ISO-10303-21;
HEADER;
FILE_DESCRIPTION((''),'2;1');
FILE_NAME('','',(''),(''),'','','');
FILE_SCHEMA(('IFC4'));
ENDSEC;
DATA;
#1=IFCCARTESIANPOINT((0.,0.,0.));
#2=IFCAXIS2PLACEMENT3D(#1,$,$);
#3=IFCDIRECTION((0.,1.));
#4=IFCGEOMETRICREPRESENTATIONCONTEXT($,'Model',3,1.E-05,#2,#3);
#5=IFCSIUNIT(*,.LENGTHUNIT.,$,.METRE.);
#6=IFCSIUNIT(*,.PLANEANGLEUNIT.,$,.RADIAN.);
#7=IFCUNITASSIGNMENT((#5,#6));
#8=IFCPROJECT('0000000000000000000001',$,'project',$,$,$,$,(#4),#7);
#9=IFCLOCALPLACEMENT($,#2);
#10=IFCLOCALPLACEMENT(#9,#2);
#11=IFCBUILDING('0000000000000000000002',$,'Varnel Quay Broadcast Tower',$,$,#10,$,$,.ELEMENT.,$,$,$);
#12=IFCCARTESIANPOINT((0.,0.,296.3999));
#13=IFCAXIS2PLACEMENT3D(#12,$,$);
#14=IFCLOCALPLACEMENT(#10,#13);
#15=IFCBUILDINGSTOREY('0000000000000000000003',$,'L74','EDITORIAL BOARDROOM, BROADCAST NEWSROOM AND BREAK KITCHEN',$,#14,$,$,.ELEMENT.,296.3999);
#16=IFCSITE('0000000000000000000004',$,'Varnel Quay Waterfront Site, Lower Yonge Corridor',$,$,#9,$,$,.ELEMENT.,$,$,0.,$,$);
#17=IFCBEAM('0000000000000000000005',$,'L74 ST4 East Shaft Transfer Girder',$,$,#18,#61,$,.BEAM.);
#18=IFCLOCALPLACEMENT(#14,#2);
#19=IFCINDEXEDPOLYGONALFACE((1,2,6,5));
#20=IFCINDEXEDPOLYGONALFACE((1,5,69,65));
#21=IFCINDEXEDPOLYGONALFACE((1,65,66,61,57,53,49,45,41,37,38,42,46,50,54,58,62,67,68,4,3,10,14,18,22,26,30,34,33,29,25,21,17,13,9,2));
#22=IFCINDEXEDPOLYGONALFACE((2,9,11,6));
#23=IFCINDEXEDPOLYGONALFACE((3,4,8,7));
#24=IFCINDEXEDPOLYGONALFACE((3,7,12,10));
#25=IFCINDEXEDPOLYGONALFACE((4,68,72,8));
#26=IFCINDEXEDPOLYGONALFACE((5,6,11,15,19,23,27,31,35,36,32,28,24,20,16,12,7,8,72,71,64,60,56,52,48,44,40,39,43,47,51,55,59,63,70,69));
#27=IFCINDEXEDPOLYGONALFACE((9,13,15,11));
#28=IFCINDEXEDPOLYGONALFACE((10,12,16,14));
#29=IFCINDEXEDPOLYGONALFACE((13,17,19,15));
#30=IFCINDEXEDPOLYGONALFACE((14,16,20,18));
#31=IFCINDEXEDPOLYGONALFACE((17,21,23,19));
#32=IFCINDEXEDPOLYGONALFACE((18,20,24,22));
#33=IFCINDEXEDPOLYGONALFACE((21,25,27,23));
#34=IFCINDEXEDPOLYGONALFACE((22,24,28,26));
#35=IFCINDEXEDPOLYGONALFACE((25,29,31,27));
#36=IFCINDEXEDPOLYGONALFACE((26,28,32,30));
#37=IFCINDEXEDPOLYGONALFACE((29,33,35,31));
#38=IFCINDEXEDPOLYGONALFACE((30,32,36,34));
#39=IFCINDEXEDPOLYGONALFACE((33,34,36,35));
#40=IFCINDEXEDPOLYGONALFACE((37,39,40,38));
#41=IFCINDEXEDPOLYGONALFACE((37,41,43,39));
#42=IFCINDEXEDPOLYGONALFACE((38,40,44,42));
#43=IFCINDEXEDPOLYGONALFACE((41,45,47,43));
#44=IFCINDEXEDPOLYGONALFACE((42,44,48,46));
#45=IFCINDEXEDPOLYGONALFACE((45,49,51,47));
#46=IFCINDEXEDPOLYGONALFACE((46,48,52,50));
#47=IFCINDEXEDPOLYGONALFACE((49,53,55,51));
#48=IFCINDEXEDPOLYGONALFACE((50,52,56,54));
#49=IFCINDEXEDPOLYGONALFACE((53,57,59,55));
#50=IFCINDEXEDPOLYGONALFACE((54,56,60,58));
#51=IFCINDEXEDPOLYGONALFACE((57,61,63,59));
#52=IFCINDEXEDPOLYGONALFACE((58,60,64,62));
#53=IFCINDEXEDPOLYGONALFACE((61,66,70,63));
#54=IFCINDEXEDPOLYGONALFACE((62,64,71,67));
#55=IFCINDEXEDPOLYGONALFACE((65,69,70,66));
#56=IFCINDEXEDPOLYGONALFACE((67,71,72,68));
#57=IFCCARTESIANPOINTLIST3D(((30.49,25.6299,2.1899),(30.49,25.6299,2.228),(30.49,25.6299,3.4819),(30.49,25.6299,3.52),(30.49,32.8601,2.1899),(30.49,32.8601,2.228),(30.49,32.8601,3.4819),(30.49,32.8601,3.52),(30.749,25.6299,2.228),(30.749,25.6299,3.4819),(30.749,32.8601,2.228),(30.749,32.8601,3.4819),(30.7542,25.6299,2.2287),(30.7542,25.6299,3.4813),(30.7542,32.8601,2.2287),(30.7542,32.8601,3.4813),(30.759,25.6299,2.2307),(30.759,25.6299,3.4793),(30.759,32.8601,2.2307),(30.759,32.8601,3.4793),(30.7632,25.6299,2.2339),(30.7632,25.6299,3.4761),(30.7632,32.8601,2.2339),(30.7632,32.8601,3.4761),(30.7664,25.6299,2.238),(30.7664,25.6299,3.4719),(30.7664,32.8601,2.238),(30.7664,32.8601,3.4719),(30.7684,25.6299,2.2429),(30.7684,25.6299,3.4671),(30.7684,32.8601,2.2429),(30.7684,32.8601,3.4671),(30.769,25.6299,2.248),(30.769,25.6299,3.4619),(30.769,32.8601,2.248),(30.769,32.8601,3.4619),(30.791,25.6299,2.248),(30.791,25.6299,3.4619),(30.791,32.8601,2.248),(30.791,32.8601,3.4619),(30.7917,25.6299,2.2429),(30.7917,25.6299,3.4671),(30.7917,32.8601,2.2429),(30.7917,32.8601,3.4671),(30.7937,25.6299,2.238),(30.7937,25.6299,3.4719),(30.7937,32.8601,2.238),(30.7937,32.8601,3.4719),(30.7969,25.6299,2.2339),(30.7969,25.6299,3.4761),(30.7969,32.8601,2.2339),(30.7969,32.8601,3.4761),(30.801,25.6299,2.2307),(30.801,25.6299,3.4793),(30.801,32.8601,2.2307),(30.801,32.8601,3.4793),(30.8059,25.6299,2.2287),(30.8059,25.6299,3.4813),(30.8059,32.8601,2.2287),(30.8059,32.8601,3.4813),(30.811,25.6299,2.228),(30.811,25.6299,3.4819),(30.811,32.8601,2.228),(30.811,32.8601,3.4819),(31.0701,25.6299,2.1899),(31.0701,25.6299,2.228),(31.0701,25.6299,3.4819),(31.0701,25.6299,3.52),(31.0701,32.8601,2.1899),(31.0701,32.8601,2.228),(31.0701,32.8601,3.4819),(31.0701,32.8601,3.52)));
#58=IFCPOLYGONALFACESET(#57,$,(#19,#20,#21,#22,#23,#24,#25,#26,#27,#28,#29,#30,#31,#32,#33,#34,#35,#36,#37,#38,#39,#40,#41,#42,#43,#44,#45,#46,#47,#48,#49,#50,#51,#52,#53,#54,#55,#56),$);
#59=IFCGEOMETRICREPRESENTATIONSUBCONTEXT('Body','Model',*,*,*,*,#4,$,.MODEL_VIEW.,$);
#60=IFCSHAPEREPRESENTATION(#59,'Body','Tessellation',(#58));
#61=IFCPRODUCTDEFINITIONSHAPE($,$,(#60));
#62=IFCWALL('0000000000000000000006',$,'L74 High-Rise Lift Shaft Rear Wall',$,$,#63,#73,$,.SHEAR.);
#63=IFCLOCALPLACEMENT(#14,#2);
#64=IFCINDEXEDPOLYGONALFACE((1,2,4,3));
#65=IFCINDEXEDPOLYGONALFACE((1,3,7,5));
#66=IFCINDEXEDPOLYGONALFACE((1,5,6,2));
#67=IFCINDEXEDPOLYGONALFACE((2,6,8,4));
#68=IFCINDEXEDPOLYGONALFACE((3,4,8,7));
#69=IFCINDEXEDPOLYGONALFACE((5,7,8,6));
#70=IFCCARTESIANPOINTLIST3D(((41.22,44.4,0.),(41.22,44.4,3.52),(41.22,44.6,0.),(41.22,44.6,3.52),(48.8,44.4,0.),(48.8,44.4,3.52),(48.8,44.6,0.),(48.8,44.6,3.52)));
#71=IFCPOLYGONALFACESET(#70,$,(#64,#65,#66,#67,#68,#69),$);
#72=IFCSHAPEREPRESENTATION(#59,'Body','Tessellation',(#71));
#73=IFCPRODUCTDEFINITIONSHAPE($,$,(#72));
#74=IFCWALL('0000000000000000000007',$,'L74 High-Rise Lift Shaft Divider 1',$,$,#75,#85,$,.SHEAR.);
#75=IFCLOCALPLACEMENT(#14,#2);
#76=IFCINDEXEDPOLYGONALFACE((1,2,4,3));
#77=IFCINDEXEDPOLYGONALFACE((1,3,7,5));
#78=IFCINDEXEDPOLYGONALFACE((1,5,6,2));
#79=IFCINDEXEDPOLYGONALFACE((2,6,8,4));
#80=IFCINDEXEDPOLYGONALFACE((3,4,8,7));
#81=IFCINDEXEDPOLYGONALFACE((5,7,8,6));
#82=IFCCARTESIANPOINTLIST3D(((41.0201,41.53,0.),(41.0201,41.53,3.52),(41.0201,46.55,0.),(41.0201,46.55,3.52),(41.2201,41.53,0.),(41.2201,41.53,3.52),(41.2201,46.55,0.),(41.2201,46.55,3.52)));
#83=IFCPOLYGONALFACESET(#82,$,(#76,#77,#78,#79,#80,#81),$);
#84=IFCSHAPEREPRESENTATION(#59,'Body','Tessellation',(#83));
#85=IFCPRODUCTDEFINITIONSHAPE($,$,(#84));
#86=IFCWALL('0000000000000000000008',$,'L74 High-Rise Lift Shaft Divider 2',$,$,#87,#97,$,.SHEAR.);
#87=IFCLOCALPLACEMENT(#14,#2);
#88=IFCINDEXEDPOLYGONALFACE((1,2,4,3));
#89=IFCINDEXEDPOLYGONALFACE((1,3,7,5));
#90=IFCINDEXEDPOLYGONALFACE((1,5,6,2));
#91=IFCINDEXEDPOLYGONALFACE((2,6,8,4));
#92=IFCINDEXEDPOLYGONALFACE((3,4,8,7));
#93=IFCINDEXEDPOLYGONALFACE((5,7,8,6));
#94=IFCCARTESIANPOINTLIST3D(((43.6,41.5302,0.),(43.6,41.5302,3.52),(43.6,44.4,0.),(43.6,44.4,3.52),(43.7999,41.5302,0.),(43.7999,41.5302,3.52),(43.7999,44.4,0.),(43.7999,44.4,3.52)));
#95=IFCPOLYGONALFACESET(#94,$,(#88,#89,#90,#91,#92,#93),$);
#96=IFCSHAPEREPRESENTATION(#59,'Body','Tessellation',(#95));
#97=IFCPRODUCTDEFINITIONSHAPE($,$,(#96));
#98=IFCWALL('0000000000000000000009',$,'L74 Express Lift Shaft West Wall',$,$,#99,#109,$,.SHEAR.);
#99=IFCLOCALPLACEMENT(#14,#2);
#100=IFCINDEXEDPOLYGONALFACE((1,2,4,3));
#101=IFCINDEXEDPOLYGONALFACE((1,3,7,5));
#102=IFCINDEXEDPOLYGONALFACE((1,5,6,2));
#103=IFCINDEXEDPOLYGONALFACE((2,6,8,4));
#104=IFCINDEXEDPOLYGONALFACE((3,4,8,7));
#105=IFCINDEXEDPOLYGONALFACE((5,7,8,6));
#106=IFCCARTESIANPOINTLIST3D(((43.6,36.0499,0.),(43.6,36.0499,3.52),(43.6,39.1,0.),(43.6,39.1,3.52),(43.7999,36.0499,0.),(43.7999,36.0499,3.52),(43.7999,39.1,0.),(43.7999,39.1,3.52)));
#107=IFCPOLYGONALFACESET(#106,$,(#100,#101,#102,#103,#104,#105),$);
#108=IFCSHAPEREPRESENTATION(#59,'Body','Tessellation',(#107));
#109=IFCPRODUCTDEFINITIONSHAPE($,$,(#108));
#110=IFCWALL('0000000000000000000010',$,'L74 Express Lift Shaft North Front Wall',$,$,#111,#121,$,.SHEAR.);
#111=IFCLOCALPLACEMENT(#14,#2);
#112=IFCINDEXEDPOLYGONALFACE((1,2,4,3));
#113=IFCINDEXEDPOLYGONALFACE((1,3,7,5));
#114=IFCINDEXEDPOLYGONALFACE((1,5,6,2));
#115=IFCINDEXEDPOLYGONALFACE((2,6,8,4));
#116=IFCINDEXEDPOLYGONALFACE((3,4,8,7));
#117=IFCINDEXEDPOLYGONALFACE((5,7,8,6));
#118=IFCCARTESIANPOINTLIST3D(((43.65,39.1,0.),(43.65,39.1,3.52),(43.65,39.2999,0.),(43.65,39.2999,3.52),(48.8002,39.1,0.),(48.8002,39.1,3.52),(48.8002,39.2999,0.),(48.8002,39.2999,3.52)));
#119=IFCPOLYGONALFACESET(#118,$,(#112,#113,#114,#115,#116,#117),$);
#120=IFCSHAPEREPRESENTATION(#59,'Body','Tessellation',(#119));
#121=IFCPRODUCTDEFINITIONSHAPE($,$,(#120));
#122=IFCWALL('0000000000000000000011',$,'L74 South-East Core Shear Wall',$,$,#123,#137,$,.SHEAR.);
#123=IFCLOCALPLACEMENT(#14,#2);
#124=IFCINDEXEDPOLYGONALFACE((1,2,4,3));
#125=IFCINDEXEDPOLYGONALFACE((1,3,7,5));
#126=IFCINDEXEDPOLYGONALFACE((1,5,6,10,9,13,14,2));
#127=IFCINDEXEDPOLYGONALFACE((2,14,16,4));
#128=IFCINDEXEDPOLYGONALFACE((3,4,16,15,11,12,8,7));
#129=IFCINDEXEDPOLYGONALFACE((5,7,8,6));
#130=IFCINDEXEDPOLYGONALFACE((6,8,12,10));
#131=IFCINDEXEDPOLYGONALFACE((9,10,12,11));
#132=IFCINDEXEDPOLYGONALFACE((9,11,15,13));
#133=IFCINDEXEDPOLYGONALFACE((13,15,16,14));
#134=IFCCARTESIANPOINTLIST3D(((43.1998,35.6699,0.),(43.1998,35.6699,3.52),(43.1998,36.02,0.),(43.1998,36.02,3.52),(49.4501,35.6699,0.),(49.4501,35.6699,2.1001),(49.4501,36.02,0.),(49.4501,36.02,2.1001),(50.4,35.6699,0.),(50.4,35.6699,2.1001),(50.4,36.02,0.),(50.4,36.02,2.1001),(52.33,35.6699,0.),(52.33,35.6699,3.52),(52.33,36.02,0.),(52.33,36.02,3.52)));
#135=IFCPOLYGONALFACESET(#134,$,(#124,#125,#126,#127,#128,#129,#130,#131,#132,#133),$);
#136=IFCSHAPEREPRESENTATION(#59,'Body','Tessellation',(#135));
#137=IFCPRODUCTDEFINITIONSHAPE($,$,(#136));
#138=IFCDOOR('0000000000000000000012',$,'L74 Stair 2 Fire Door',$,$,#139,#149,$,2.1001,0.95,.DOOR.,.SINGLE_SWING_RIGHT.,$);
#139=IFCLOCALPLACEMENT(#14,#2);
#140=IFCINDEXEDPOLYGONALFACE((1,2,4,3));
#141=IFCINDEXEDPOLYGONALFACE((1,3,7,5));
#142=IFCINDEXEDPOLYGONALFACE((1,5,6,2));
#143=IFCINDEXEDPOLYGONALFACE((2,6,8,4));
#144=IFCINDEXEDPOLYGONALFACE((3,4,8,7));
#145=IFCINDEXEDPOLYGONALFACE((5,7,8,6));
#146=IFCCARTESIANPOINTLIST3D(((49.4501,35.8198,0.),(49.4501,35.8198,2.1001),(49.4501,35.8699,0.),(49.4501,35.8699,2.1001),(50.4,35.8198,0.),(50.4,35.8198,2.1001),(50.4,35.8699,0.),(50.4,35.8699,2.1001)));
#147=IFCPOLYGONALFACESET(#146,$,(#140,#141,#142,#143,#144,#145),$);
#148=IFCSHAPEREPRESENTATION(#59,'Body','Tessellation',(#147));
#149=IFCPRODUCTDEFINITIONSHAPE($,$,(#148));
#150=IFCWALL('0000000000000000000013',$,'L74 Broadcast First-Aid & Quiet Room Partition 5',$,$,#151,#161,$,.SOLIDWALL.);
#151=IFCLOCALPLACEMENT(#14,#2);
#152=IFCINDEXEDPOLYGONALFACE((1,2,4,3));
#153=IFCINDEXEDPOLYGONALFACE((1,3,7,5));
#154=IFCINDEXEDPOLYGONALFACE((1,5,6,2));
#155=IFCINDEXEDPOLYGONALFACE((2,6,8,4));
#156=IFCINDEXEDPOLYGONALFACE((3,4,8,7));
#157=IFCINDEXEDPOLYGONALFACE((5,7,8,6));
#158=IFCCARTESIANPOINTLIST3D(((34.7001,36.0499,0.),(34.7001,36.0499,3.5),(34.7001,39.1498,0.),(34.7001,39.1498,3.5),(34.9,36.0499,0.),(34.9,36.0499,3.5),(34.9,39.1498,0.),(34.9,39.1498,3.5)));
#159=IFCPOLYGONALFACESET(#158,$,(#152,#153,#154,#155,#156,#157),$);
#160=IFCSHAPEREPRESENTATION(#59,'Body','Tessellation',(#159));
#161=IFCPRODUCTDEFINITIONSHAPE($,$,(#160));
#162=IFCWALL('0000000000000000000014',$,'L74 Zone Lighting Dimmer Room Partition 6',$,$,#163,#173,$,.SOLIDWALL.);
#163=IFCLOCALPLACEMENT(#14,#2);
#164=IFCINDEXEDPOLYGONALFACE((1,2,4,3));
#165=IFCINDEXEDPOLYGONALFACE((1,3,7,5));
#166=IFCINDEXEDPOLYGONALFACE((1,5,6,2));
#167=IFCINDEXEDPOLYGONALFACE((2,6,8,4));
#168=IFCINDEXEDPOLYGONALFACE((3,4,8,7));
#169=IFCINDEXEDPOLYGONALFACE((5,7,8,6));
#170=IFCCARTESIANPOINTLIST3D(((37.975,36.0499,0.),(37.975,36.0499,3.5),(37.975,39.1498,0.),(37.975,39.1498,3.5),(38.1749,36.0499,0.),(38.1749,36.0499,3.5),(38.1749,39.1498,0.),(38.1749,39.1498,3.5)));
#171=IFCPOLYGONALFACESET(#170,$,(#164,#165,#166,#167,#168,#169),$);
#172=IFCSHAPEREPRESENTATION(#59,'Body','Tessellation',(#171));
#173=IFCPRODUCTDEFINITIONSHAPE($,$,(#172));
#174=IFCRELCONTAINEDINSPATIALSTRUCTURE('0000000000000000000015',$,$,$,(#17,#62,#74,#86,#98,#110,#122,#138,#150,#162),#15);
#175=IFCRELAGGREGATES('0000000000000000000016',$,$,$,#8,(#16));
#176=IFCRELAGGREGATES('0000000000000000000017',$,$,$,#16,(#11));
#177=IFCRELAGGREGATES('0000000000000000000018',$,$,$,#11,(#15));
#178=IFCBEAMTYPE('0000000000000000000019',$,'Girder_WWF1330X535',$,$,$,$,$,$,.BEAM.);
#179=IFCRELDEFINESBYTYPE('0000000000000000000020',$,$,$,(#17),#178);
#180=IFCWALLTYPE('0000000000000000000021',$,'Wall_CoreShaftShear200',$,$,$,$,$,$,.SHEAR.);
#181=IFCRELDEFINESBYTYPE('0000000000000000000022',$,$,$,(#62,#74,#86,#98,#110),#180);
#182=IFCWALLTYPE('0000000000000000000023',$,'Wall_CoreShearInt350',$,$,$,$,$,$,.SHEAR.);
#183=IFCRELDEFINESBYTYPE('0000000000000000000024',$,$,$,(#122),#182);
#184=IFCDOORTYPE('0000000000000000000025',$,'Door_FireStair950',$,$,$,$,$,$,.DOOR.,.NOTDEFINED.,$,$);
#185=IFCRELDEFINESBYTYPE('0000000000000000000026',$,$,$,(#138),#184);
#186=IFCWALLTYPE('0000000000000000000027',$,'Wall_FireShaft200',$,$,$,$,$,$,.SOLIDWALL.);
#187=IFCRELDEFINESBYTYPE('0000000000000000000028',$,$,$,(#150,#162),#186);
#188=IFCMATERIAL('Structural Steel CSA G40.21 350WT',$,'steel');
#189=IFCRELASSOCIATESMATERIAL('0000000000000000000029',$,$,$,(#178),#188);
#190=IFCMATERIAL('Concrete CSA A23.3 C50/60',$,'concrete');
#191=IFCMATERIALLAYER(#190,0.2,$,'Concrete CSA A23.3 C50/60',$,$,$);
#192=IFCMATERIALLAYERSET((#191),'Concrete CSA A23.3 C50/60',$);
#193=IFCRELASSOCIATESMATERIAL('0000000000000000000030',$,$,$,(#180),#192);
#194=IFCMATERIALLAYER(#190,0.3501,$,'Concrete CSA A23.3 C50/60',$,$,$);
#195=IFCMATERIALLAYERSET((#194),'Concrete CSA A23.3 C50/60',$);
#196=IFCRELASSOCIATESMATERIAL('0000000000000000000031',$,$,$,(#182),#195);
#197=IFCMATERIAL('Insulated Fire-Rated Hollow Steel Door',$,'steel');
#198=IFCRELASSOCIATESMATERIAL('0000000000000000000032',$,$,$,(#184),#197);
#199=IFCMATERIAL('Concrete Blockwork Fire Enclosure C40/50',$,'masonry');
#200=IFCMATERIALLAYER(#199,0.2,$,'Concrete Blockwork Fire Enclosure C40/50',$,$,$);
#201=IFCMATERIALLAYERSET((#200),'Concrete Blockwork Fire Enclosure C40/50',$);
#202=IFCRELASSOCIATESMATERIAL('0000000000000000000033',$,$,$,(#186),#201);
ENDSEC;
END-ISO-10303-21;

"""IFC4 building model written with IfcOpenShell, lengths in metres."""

from ifc_helpers import new_model, si_unit, direction, frame, frame_2d, origin, origin_2d, place, context, subcontext, project, spatial, rectangle, i_section, extrude, source, transform, mapped, material, layer, layer_set, material_profile, profile_set, type_object, type_shapes, element, fill, save


model = new_model("IFC4")

# Units and contexts
model_context = context("Model", 3, precision=1e-05, world=origin(), true_north=direction((0.0, 1.0)))
body_context = subcontext(model_context, "Body", "Model", "MODEL_VIEW")
ifc_project = project(units=[si_unit("LENGTHUNIT", "METRE"), si_unit("PLANEANGLEUNIT", "RADIAN")], contexts=[model_context])

# Site, building, storey
site_placement = place(None, origin())
site = spatial("IfcSite", under=ifc_project, at=site_placement, Name="Varnel Quay Waterfront Site, Lower Yonge Corridor", CompositionType="ELEMENT", RefElevation=0.0)
building_placement = place(site_placement, origin())
building = spatial("IfcBuilding", under=site, at=building_placement, Name="Varnel Quay Broadcast Tower", CompositionType="ELEMENT")
storey_placement = place(building_placement, frame((0.0, 0.0, 296.3999)))
storey = spatial("IfcBuildingStorey", under=building, at=storey_placement, Name="L74", Description="EDITORIAL BOARDROOM, BROADCAST NEWSROOM AND BREAK KITCHEN", CompositionType="ELEMENT", Elevation=296.3999)

# Shared definitions
ifc_material_1 = material(Name="Structural Steel CSA G40.21 350WT", Category="steel")

# Beam
ifc_material_2 = material(Name="Concrete CSA A23.3 C50/60", Category="concrete")
ifc_material_profile_1 = material_profile(ifc_material_1, i_section(OverallWidth=0.5801, OverallDepth=1.3301, WebThickness=0.022, FlangeThickness=0.0381, FilletRadius=0.02, at=origin_2d()), Name="WWF1330X535")
ifc_profile_set_1 = profile_set([ifc_material_profile_1], Name="Structural Steel CSA G40.21 350WT")
beam_type_1 = type_object("IfcBeamType", Name="Girder_WWF1330X535", PredefinedType="BEAM", material=ifc_profile_set_1)
shared_shape_1 = source(origin(), body_context, "Body", "SweptSolid", [
    extrude(i_section(OverallWidth=0.5801, OverallDepth=1.3301, WebThickness=0.022, FlangeThickness=0.0381, FilletRadius=0.02, at=origin_2d()), origin(), (0.0, 0.0, 1.0), 7.2302),
])
beam_1_placement = place(storey_placement, frame((30.78, 25.6299, 2.855), z_axis=(0.0, 1.0, 0.0), x_axis=(-1.0, 0.0, 0.0)))
element("IfcBeam", 1, at=beam_1_placement, inside=storey, type_object=beam_type_1, Name="L74 ST4 East Shaft Transfer Girder", PredefinedType="BEAM", context=body_context, shape_type="MappedRepresentation", body=[
    mapped(shared_shape_1, transform((0.0, 0.0, 0.0), x_axis=(1.0, 0.0, 0.0), y_axis=(0.0, 1.0, 0.0), z_axis=(0.0, 0.0, 1.0), scale=1.0)),
])

# Walls
ifc_layer_1 = layer(ifc_material_2, 0.2, Name="Concrete CSA A23.3 C50/60")
ifc_layer_set_1 = layer_set([ifc_layer_1], Name="Concrete CSA A23.3 C50/60")
wall_type_1 = type_object("IfcWallType", Name="Wall_CoreShaftShear200", PredefinedType="SHEAR", material=ifc_layer_set_1)
wall_1_placement = place(storey_placement, frame((41.22, 44.5, 0.0), z_axis=(0.0, 0.0, 1.0), x_axis=(1.0, 0.0, 0.0)))
element("IfcWall", 2, at=wall_1_placement, inside=storey, type_object=wall_type_1, Name="L74 High-Rise Lift Shaft Rear Wall", PredefinedType="SHEAR", context=body_context, shape_type="SweptSolid", body=[
    extrude(rectangle(XDim=7.5801, YDim=0.2, at=frame_2d((3.79, 0.0))), origin(), (0.0, 0.0, 1.0), 3.52),
])
wall_2_placement = place(storey_placement, frame((41.1201, 41.53, 0.0), z_axis=(0.0, 0.0, 1.0), x_axis=(0.0, 1.0, 0.0)))
element("IfcWall", 3, at=wall_2_placement, inside=storey, type_object=wall_type_1, Name="L74 High-Rise Lift Shaft Divider 1", PredefinedType="SHEAR", context=body_context, shape_type="SweptSolid", body=[
    extrude(rectangle(XDim=5.02, YDim=0.2, at=frame_2d((2.51, 0.0))), origin(), (0.0, 0.0, 1.0), 3.52),
])
wall_3_placement = place(storey_placement, frame((43.7, 41.53, 0.0), z_axis=(0.0, 0.0, 1.0), x_axis=(0.0, 1.0, 0.0)))
element("IfcWall", 4, at=wall_3_placement, inside=storey, type_object=wall_type_1, Name="L74 High-Rise Lift Shaft Divider 2", PredefinedType="SHEAR", context=body_context, shape_type="SweptSolid", body=[
    extrude(rectangle(XDim=2.8699, YDim=0.2, at=frame_2d((1.4351, 0.0))), origin(), (0.0, 0.0, 1.0), 3.52),
])
wall_4_placement = place(storey_placement, frame((43.7, 36.05, 0.0), z_axis=(0.0, 0.0, 1.0), x_axis=(0.0, 1.0, 0.0)))
element("IfcWall", 5, at=wall_4_placement, inside=storey, type_object=wall_type_1, Name="L74 Express Lift Shaft West Wall", PredefinedType="SHEAR", context=body_context, shape_type="SweptSolid", body=[
    extrude(rectangle(XDim=3.05, YDim=0.2, at=frame_2d((1.5249, 0.0))), origin(), (0.0, 0.0, 1.0), 3.52),
])
wall_5_placement = place(storey_placement, frame((43.6499, 39.2, 0.0), z_axis=(0.0, 0.0, 1.0), x_axis=(1.0, 0.0, 0.0)))
element("IfcWall", 6, at=wall_5_placement, inside=storey, type_object=wall_type_1, Name="L74 Express Lift Shaft North Front Wall", PredefinedType="SHEAR", context=body_context, shape_type="SweptSolid", body=[
    extrude(rectangle(XDim=5.1501, YDim=0.2, at=frame_2d((2.5752, 0.0))), origin(), (0.0, 0.0, 1.0), 3.52),
])

# Wall, opening, door
ifc_layer_2 = layer(ifc_material_2, 0.3501, Name="Concrete CSA A23.3 C50/60")
ifc_layer_set_2 = layer_set([ifc_layer_2], Name="Concrete CSA A23.3 C50/60")
wall_type_2 = type_object("IfcWallType", Name="Wall_CoreShearInt350", PredefinedType="SHEAR", material=ifc_layer_set_2)
wall_6_placement = place(storey_placement, frame((43.2, 35.845, 0.0), z_axis=(0.0, 0.0, 1.0), x_axis=(1.0, 0.0, 0.0)))
wall_6 = element("IfcWall", 7, at=wall_6_placement, inside=storey, type_object=wall_type_2, Name="L74 South-East Core Shear Wall", PredefinedType="SHEAR", context=body_context, shape_type="SweptSolid", body=[
    extrude(rectangle(XDim=9.1301, YDim=0.3501, at=frame_2d((4.5649, 0.0))), origin(), (0.0, 0.0, 1.0), 3.52),
])
opening_1_placement = place(wall_6_placement, frame((6.25, 0.0, 0.0)))
opening_1 = element("IfcOpeningElement", 8, at=opening_1_placement, cuts=wall_6, PredefinedType="OPENING", context=body_context, shape_type="SweptSolid", body=[
    extrude(rectangle(XDim=0.95, YDim=2.1001, at=frame_2d((0.4751, 1.05))), frame((0.0, 0.1851, 0.0), z_axis=(0.0, -1.0, 0.0), x_axis=(1.0, 0.0, 0.0)), (0.0, 0.0, 1.0), 0.3701),
])
ifc_material_3 = material(Name="Insulated Fire-Rated Hollow Steel Door", Category="steel")
door_type_1 = type_object("IfcDoorType", Name="Door_FireStair950", OperationType="NOTDEFINED", PredefinedType="DOOR", material=ifc_material_3)
shared_shape_2 = source(origin(), body_context, "Body", "SweptSolid", [
    extrude(rectangle(XDim=0.95, YDim=2.1001, at=frame_2d((0.4751, 1.05))), frame((0.0, 0.0249, 0.0), z_axis=(0.0, -1.0, 0.0), x_axis=(1.0, 0.0, 0.0)), (0.0, 0.0, 1.0), 0.05),
])
type_shapes(door_type_1, [shared_shape_2])
door_1_placement = place(opening_1_placement, origin())
door_1 = element("IfcDoor", 9, at=door_1_placement, inside=storey, type_object=door_type_1, Name="L74 Stair 2 Fire Door", OperationType="SINGLE_SWING_RIGHT", OverallHeight=2.1001, OverallWidth=0.95, PredefinedType="DOOR", context=body_context, shape_type="MappedRepresentation", body=[
    mapped(shared_shape_2, transform((0.0, 0.0, 0.0), x_axis=(1.0, 0.0, 0.0), y_axis=(0.0, 1.0, 0.0), z_axis=(0.0, 0.0, 1.0), scale=1.0)),
])
fill(opening_1, door_1)

# Walls
ifc_material_4 = material(Name="Concrete Blockwork Fire Enclosure C40/50", Category="masonry")
ifc_layer_3 = layer(ifc_material_4, 0.2, Name="Concrete Blockwork Fire Enclosure C40/50")
ifc_layer_set_3 = layer_set([ifc_layer_3], Name="Concrete Blockwork Fire Enclosure C40/50")
wall_type_3 = type_object("IfcWallType", Name="Wall_FireShaft200", PredefinedType="SOLIDWALL", material=ifc_layer_set_3)
for number, where, z_axis, x_axis, name in (
    (10, (34.8, 36.05, 0.0), (0.0, 0.0, 1.0), (0.0, 1.0, 0.0), "L74 Broadcast First-Aid & Quiet Room Partition 5"),
    (11, (38.075, 36.05, 0.0), (0.0, 0.0, 1.0), (0.0, 1.0, 0.0), "L74 Zone Lighting Dimmer Room Partition 6"),
):
    element("IfcWall", number, at=place(storey_placement, frame(where, z_axis=z_axis, x_axis=x_axis)), inside=storey, type_object=wall_type_3, Name=name, PredefinedType="SOLIDWALL", context=body_context, shape_type="SweptSolid", body=[
        extrude(rectangle(XDim=3.0999, YDim=0.2, at=frame_2d((1.5498, 0.0))), origin(), (0.0, 0.0, 1.0), 3.5),
    ])

save(model, "model.ifc")
